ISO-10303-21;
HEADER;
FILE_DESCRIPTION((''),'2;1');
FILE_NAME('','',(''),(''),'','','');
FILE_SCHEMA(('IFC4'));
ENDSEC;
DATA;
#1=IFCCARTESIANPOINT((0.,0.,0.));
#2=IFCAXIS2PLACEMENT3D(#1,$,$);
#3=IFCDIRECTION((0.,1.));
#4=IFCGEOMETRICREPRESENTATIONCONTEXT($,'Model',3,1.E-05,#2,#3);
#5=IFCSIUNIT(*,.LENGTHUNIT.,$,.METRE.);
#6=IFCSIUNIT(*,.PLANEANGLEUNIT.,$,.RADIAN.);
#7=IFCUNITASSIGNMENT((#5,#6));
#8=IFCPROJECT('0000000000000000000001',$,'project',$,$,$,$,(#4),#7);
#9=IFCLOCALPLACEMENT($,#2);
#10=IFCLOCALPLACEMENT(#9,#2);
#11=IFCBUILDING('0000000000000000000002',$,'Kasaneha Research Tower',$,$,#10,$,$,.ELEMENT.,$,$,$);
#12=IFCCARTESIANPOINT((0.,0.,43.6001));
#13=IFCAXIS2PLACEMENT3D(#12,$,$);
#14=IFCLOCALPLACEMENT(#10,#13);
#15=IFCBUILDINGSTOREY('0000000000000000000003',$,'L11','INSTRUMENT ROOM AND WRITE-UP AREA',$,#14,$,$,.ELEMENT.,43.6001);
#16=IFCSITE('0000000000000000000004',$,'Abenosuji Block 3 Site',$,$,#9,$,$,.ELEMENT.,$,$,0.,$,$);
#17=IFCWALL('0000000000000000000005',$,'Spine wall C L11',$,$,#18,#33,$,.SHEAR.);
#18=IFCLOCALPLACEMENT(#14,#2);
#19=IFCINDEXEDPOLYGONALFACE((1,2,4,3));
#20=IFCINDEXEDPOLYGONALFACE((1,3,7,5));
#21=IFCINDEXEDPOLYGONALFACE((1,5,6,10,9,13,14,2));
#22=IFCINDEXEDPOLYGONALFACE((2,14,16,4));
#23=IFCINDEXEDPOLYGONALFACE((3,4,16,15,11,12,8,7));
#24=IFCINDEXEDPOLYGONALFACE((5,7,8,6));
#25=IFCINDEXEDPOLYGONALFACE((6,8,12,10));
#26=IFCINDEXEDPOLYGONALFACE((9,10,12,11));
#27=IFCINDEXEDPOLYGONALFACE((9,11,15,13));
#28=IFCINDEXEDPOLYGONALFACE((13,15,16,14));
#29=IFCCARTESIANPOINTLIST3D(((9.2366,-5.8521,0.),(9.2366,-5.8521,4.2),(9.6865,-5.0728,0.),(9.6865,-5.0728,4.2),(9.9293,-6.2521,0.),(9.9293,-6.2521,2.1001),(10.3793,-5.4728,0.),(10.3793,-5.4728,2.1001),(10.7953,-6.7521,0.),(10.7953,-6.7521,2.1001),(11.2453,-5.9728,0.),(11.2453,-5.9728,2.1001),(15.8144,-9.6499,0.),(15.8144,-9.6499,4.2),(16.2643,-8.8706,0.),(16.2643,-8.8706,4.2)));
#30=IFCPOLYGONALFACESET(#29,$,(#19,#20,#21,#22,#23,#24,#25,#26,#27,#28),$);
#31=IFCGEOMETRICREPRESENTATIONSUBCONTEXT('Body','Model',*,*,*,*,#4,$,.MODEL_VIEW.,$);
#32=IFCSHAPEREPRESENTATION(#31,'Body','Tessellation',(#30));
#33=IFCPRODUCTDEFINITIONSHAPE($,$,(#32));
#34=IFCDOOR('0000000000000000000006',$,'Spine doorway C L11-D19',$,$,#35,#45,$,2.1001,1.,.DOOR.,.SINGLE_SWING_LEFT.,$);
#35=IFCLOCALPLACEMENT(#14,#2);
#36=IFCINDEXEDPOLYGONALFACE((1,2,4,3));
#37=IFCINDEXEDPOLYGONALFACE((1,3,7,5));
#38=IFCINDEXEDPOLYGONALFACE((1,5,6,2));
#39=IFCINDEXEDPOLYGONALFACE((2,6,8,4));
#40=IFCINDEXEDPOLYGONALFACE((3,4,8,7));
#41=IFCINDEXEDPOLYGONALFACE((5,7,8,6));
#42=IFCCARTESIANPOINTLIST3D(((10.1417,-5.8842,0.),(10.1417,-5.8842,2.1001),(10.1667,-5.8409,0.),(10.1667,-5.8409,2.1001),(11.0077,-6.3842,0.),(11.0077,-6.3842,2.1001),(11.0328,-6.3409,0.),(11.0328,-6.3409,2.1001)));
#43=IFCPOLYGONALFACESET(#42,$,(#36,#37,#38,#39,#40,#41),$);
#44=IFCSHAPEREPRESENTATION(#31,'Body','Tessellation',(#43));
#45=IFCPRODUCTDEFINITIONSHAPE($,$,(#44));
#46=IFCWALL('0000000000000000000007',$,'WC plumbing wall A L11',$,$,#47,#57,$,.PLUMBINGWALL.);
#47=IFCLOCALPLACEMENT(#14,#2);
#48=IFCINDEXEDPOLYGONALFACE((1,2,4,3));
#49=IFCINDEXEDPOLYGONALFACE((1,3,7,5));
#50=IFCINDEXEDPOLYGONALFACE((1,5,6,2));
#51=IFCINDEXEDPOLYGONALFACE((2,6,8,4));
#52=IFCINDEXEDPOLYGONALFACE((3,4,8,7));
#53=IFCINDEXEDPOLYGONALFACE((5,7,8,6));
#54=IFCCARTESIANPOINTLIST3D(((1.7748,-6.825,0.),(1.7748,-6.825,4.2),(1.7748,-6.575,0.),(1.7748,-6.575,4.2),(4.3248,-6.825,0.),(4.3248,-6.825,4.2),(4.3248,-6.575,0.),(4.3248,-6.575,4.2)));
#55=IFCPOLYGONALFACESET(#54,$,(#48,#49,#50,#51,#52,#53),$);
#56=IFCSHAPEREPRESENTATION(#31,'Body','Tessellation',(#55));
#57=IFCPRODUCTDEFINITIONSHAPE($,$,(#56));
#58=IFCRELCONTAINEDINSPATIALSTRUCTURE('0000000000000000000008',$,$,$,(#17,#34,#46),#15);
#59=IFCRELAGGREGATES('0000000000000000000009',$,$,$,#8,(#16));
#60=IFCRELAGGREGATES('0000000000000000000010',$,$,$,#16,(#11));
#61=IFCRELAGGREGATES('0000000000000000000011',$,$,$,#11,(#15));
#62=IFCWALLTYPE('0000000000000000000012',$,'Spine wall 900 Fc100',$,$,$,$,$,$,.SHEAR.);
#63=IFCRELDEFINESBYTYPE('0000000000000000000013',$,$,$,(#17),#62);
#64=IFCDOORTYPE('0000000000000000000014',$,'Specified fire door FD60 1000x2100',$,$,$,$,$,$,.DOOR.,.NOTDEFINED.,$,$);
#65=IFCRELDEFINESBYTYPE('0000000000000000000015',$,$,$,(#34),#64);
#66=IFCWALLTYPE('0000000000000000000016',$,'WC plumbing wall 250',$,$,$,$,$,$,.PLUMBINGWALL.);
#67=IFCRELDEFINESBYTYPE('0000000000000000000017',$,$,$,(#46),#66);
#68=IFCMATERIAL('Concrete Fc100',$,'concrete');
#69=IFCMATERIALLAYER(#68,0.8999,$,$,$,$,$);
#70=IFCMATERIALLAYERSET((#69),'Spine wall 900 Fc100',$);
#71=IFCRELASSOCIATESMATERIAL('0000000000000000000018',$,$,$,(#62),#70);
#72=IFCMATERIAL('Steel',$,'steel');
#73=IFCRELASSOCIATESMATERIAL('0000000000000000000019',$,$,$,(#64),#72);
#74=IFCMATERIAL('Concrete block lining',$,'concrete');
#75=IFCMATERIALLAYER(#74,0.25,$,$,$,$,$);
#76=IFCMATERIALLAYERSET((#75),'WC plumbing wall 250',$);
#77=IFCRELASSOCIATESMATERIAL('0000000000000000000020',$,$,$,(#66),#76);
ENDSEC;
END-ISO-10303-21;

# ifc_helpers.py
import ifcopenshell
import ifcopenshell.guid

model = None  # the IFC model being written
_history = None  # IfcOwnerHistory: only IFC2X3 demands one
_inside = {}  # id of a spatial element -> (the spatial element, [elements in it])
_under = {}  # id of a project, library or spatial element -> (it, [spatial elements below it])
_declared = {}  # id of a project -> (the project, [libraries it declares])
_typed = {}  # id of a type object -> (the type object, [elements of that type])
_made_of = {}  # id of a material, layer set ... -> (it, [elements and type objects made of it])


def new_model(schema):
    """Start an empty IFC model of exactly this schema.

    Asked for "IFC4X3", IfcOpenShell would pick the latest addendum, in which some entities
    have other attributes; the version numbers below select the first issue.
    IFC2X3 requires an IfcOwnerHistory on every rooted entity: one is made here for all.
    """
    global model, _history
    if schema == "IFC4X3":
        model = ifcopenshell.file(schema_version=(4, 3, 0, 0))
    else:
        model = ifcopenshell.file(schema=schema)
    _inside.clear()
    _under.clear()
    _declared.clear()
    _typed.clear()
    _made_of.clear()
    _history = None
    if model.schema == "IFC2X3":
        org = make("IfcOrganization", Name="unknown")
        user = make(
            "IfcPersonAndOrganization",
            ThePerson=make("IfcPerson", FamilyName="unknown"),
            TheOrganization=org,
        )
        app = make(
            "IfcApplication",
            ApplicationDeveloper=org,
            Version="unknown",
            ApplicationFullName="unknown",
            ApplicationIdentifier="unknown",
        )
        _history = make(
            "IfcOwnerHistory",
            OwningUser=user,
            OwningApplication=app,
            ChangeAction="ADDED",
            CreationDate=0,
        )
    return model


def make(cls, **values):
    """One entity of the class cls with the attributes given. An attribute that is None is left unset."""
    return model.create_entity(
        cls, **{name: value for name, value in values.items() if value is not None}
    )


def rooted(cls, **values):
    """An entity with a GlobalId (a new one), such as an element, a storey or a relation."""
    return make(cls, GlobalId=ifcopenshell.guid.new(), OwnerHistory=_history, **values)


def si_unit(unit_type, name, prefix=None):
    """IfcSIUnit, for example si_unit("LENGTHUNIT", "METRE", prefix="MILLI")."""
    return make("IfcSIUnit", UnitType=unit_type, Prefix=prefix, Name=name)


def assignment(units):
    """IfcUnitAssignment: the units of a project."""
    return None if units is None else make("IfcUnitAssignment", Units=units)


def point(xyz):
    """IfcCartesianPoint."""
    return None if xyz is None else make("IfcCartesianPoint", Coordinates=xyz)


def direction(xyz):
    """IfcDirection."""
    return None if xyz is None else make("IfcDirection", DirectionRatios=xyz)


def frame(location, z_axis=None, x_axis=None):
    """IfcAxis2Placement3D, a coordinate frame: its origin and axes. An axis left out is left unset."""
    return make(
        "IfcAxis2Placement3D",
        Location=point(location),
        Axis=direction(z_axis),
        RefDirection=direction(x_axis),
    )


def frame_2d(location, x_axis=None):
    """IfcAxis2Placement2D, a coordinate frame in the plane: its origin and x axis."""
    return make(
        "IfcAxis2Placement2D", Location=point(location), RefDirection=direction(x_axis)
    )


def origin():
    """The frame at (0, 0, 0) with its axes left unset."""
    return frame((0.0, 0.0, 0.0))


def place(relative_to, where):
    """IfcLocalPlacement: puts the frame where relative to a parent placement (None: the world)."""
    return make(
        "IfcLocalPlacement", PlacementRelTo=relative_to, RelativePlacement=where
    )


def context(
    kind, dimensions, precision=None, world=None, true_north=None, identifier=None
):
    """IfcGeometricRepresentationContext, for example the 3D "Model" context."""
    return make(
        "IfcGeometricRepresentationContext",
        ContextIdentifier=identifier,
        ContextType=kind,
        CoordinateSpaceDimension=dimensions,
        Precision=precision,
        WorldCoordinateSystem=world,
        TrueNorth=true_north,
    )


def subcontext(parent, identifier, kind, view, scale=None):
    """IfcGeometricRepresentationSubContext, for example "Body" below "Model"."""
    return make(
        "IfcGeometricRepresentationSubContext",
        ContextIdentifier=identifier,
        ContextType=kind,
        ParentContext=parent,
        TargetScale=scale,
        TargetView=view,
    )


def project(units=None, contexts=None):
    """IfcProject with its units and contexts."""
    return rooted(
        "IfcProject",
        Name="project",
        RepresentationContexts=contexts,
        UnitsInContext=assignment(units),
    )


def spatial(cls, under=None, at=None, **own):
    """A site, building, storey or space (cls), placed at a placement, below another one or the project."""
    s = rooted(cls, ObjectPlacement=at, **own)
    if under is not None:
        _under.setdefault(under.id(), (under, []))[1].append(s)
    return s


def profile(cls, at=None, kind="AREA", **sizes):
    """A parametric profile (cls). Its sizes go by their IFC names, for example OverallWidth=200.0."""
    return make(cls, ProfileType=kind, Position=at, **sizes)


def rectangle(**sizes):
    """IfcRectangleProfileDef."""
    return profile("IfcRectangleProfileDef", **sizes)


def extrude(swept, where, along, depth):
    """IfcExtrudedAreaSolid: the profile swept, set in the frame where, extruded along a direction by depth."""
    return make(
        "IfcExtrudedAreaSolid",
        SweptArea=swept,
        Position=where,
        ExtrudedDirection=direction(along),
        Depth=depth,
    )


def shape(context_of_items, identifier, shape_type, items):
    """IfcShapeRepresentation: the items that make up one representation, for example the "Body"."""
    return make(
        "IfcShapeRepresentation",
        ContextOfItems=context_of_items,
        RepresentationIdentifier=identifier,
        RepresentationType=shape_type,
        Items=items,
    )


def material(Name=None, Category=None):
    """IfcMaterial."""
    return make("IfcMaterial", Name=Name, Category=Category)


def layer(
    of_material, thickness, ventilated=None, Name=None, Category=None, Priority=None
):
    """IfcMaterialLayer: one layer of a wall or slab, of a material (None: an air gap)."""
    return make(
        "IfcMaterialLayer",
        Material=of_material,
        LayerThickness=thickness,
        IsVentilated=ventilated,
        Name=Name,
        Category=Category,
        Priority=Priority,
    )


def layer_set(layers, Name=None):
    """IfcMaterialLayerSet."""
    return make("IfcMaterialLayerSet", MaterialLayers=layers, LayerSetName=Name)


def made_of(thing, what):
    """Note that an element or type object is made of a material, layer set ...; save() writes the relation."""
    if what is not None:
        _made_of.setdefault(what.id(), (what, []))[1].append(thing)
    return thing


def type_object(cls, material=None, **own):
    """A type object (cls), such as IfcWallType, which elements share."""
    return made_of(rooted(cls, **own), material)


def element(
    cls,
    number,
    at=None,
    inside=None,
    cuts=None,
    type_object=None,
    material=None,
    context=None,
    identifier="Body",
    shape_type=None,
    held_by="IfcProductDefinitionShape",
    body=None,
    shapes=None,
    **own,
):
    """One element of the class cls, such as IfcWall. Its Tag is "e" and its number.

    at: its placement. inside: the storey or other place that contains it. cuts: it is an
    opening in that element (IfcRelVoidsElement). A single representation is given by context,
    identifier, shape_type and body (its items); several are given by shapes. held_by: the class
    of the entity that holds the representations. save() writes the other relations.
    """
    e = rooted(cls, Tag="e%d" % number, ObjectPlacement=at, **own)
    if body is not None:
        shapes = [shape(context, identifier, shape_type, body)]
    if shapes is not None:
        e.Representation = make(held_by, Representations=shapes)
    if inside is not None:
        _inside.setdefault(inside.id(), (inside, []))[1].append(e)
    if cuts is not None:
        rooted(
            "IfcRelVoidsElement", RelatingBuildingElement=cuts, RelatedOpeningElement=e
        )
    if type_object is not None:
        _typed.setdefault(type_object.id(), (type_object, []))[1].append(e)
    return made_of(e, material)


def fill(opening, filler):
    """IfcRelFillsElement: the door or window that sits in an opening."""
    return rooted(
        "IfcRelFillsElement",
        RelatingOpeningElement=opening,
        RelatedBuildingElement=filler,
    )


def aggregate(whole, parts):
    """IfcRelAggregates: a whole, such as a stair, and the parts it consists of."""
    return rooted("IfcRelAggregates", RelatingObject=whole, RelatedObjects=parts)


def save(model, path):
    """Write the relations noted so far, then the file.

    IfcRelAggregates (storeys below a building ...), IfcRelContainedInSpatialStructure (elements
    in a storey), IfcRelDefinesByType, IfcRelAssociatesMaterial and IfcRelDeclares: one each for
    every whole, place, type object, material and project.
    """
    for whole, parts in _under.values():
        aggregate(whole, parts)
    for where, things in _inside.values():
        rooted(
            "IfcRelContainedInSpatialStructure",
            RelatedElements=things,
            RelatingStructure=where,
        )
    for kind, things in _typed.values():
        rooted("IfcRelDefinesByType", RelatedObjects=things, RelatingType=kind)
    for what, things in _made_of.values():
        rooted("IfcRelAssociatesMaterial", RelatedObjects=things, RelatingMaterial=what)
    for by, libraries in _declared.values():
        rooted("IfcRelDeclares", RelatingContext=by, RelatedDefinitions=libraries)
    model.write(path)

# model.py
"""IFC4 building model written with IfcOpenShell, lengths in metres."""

from ifc_helpers import new_model, si_unit, direction, frame, frame_2d, origin, place, context, subcontext, project, spatial, rectangle, extrude, material, layer, layer_set, type_object, element, fill, save


model = new_model("IFC4")

# Units and contexts
model_context = context("Model", 3, precision=1e-05, world=origin(), true_north=direction((0.0, 1.0)))
body_context = subcontext(model_context, "Body", "Model", "MODEL_VIEW")
ifc_project = project(units=[si_unit("LENGTHUNIT", "METRE"), si_unit("PLANEANGLEUNIT", "RADIAN")], contexts=[model_context])

# Site, building, storey
site_placement = place(None, origin())
site = spatial("IfcSite", under=ifc_project, at=site_placement, Name="Abenosuji Block 3 Site", CompositionType="ELEMENT", RefElevation=0.0)
building_placement = place(site_placement, origin())
building = spatial("IfcBuilding", under=site, at=building_placement, Name="Kasaneha Research Tower", CompositionType="ELEMENT")
storey_placement = place(building_placement, frame((0.0, 0.0, 43.6001)))
storey = spatial("IfcBuildingStorey", under=building, at=storey_placement, Name="L11", Description="INSTRUMENT ROOM AND WRITE-UP AREA", CompositionType="ELEMENT", Elevation=43.6001)

# Wall, opening, door
ifc_material_1 = material(Name="Concrete Fc100", Category="concrete")
ifc_layer_1 = layer(ifc_material_1, 0.8999)
ifc_layer_set_1 = layer_set([ifc_layer_1], Name="Spine wall 900 Fc100")
wall_type_1 = type_object("IfcWallType", Name="Spine wall 900 Fc100", PredefinedType="SHEAR", material=ifc_layer_set_1)
wall_1_placement = place(storey_placement, frame((9.4614, -5.4624, 0.0), z_axis=(0.0, 0.0, 1.0), x_axis=(0.866019, -0.500011, 0.0)))
wall_1 = element("IfcWall", 1, at=wall_1_placement, inside=storey, type_object=wall_type_1, Name="Spine wall C L11", PredefinedType="SHEAR", context=body_context, shape_type="SweptSolid", body=[
    extrude(rectangle(XDim=7.5955, YDim=0.8999, at=frame_2d((3.7979, 0.0))), origin(), (0.0, 0.0, 1.0), 4.2),
])
opening_1_placement = place(wall_1_placement, frame((0.8, 0.0, 0.0)))
opening_1 = element("IfcOpeningElement", 2, at=opening_1_placement, cuts=wall_1, PredefinedType="OPENING", context=body_context, shape_type="SweptSolid", body=[
    extrude(rectangle(XDim=1.0, YDim=2.1001, at=frame_2d((0.5, 1.05))), frame((0.0, 0.46, 0.0), z_axis=(0.0, -1.0, 0.0), x_axis=(1.0, 0.0, 0.0)), (0.0, 0.0, 1.0), 0.9199),
])
ifc_material_2 = material(Name="Steel", Category="steel")
door_type_1 = type_object("IfcDoorType", Name="Specified fire door FD60 1000x2100", OperationType="NOTDEFINED", PredefinedType="DOOR", material=ifc_material_2)
door_1_placement = place(opening_1_placement, origin())
door_1 = element("IfcDoor", 3, at=door_1_placement, inside=storey, type_object=door_type_1, Name="Spine doorway C L11-D19", OperationType="SINGLE_SWING_LEFT", OverallHeight=2.1001, OverallWidth=1.0, PredefinedType="DOOR", context=body_context, shape_type="SweptSolid", body=[
    extrude(rectangle(XDim=1.0, YDim=2.1001, at=frame_2d((0.5, 1.05))), frame((0.0, 0.0249, 0.0), z_axis=(0.0, -1.0, 0.0), x_axis=(1.0, 0.0, 0.0)), (0.0, 0.0, 1.0), 0.05),
])
fill(opening_1, door_1)

# Wall
ifc_material_3 = material(Name="Concrete block lining", Category="concrete")
ifc_layer_2 = layer(ifc_material_3, 0.25)
ifc_layer_set_2 = layer_set([ifc_layer_2], Name="WC plumbing wall 250")
wall_type_2 = type_object("IfcWallType", Name="WC plumbing wall 250", PredefinedType="PLUMBINGWALL", material=ifc_layer_set_2)
wall_2_placement = place(storey_placement, frame((1.7749, -6.7, 0.0), z_axis=(0.0, 0.0, 1.0), x_axis=(1.0, 0.0, 0.0)))
element("IfcWall", 4, at=wall_2_placement, inside=storey, type_object=wall_type_2, Name="WC plumbing wall A L11", PredefinedType="PLUMBINGWALL", context=body_context, shape_type="SweptSolid", body=[
    extrude(rectangle(XDim=2.55, YDim=0.25, at=frame_2d((1.2749, 0.0))), origin(), (0.0, 0.0, 1.0), 4.2),
])

save(model, "model.ifc")
